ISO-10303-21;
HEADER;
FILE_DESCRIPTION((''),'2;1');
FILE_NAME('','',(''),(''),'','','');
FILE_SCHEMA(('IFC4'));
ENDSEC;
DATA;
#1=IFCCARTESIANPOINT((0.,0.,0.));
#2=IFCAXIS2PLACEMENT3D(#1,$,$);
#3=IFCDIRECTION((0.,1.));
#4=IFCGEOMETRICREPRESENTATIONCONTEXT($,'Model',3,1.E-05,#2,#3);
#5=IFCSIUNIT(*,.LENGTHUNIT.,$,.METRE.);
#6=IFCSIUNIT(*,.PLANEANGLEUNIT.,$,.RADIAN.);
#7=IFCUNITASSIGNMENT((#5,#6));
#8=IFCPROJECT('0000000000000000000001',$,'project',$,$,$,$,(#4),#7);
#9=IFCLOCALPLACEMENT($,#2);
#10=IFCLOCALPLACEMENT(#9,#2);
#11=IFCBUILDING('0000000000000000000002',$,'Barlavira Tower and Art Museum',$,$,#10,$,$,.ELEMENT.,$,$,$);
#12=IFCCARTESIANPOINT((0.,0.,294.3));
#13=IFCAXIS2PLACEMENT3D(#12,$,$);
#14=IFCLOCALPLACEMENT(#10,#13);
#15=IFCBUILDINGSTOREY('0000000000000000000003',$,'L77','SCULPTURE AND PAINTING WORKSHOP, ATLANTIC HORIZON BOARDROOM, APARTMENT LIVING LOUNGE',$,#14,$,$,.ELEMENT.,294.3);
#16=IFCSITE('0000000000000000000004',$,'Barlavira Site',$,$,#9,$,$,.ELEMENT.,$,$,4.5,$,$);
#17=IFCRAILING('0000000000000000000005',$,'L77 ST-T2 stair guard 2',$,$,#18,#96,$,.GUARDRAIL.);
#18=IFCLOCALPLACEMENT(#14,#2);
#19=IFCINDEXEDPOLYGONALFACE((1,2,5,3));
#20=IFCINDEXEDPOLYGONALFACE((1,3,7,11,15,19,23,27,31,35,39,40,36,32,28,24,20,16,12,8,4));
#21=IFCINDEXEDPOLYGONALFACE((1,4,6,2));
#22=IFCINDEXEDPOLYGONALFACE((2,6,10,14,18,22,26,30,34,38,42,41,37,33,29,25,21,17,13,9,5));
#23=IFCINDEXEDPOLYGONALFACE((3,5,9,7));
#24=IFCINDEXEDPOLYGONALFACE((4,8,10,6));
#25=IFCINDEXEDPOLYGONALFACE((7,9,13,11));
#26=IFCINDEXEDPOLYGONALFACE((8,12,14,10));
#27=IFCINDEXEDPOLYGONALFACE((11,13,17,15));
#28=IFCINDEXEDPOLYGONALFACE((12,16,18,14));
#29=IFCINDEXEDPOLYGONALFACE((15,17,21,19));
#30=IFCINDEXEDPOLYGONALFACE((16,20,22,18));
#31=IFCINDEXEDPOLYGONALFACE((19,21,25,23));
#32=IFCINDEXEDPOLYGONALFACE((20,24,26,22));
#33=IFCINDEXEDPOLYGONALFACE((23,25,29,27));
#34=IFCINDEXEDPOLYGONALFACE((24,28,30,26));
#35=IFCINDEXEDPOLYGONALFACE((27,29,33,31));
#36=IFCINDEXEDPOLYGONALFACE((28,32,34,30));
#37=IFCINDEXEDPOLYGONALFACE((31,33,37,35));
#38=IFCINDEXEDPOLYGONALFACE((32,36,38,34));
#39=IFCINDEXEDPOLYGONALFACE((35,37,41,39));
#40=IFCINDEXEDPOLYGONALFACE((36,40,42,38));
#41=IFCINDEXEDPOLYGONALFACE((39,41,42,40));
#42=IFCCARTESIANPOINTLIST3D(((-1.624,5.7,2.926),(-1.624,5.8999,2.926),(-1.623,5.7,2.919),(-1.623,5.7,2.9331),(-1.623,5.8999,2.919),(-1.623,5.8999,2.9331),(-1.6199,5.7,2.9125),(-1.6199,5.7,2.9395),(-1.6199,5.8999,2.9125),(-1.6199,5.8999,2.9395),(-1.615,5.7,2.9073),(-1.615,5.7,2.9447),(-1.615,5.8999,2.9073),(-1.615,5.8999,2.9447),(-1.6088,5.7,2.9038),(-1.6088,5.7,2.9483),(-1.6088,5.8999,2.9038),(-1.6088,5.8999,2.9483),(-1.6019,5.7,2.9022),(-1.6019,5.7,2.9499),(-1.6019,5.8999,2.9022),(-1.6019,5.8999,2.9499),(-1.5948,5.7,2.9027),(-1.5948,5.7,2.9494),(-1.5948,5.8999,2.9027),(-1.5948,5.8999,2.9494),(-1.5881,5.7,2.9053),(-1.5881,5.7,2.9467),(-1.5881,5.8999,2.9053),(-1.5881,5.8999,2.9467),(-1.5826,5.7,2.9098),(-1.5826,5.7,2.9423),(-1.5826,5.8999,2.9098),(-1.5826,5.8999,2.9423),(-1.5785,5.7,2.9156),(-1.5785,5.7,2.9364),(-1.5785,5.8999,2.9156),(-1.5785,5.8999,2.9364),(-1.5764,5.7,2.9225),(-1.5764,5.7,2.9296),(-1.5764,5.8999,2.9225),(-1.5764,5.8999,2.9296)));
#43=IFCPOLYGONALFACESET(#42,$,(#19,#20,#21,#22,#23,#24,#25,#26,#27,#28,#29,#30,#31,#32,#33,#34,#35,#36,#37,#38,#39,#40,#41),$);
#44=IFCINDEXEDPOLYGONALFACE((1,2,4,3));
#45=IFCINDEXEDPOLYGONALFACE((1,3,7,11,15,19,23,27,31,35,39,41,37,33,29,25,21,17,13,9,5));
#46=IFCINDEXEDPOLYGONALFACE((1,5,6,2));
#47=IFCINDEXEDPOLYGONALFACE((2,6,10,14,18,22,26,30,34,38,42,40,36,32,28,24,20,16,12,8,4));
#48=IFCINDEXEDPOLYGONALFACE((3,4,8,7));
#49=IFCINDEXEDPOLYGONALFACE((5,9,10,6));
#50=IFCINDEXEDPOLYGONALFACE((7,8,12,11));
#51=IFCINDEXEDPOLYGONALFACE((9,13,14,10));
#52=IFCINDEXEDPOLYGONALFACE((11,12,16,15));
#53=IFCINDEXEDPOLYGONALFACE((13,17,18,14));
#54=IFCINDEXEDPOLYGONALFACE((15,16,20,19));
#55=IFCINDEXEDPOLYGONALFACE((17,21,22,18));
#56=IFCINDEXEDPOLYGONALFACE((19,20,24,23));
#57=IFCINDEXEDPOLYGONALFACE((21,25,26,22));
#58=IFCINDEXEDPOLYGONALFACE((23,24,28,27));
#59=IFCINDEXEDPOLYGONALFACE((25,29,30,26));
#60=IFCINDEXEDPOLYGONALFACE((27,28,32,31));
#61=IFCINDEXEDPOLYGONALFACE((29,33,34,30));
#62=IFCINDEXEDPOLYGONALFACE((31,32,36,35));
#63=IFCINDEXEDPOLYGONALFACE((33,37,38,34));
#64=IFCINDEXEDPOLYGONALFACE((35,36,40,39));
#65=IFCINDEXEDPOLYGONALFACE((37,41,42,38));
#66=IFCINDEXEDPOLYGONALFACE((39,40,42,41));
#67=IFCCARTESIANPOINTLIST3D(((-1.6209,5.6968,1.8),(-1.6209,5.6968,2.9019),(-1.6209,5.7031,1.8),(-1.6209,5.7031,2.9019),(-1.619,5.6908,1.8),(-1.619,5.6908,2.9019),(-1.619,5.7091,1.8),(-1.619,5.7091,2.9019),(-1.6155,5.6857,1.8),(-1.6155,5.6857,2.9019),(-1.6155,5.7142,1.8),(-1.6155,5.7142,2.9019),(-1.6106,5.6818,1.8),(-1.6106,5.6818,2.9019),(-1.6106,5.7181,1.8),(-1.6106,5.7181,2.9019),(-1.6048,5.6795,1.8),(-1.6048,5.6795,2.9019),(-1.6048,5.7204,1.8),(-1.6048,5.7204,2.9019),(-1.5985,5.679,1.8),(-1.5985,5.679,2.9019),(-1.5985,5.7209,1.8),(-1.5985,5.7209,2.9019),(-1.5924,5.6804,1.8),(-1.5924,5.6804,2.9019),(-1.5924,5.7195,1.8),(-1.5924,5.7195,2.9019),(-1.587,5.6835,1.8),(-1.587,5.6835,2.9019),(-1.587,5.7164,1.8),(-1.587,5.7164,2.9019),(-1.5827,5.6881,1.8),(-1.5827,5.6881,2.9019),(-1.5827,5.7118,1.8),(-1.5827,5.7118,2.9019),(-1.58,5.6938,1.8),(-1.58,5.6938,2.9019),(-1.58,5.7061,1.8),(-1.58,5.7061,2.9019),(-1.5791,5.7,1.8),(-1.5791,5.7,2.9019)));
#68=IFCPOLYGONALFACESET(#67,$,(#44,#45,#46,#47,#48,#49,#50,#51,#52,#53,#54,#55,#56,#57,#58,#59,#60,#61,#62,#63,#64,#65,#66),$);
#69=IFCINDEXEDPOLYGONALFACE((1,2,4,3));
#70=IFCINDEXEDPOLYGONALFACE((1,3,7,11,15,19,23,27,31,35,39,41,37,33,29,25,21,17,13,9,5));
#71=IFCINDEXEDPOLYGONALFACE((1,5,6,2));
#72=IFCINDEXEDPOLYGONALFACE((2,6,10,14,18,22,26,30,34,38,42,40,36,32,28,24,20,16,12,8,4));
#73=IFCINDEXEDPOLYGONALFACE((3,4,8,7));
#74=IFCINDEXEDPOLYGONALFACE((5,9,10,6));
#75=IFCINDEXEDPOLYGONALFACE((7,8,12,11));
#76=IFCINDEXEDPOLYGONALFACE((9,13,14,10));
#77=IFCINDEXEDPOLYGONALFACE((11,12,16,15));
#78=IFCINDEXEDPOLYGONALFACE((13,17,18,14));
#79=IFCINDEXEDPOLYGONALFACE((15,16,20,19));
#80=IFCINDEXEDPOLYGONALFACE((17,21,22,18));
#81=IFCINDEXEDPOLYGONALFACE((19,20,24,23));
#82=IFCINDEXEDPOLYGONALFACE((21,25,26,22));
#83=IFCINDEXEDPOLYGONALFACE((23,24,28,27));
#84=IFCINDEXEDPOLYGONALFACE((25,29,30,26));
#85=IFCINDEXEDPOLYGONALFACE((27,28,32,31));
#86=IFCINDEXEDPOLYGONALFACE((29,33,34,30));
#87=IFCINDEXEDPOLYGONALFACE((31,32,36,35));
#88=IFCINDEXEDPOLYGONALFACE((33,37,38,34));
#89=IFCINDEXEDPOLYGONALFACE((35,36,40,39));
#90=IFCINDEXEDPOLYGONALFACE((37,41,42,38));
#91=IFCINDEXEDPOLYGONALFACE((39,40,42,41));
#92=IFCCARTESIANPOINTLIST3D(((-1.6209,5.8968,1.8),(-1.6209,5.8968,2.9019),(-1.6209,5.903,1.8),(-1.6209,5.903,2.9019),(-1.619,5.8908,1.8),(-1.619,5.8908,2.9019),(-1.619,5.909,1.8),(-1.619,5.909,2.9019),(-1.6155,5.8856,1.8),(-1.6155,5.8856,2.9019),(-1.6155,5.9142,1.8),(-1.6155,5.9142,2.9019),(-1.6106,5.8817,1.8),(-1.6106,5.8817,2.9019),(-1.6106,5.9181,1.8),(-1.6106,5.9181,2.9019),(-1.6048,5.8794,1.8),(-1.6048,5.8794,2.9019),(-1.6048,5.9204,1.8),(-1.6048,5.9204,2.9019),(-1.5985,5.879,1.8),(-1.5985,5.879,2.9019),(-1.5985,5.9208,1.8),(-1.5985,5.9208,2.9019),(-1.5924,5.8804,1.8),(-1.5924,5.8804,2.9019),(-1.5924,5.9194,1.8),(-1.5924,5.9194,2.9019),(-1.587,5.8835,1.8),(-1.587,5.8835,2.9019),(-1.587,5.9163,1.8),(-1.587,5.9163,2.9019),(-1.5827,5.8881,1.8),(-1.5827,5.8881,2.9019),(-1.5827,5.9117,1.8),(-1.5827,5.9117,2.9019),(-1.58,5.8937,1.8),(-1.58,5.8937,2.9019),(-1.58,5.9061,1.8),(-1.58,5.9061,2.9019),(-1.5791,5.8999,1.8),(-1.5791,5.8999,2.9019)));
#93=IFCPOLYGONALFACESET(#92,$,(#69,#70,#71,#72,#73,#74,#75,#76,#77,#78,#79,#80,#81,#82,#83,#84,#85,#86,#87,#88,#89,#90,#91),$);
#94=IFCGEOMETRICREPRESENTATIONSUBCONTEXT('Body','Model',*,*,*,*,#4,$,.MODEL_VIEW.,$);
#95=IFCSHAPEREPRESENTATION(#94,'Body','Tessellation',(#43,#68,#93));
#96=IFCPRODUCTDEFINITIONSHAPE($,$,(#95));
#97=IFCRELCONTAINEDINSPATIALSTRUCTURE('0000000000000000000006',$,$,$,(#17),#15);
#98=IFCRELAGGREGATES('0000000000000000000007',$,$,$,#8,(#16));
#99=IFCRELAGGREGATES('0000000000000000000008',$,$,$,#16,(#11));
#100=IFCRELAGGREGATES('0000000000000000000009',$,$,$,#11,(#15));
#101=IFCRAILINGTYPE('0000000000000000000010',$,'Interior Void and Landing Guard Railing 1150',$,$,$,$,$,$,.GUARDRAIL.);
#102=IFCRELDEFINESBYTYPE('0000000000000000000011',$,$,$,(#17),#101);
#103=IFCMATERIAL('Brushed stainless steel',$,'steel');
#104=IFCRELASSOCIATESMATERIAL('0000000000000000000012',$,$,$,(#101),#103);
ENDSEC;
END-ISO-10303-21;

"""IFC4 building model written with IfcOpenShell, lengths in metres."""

from ifc_helpers import new_model, si_unit, direction, frame, origin, origin_2d, place, context, subcontext, project, spatial, circle, extrude, material, type_object, element, save


model = new_model("IFC4")

# Units and contexts
model_context = context("Model", 3, precision=1e-05, world=origin(), true_north=direction((0.0, 1.0)))
body_context = subcontext(model_context, "Body", "Model", "MODEL_VIEW")
ifc_project = project(units=[si_unit("LENGTHUNIT", "METRE"), si_unit("PLANEANGLEUNIT", "RADIAN")], contexts=[model_context])

# Site, building, storey
site_placement = place(None, origin())
site = spatial("IfcSite", under=ifc_project, at=site_placement, Name="Barlavira Site", CompositionType="ELEMENT", RefElevation=4.5)
building_placement = place(site_placement, origin())
building = spatial("IfcBuilding", under=site, at=building_placement, Name="Barlavira Tower and Art Museum", CompositionType="ELEMENT")
storey_placement = place(building_placement, frame((0.0, 0.0, 294.3)))
storey = spatial("IfcBuildingStorey", under=building, at=storey_placement, Name="L77", Description="SCULPTURE AND PAINTING WORKSHOP, ATLANTIC HORIZON BOARDROOM, APARTMENT LIVING LOUNGE", CompositionType="ELEMENT", Elevation=294.3)

# Shared definitions
ifc_material_1 = material(Name="Brushed stainless steel", Category="steel")

# Railing
railing_type_1 = type_object("IfcRailingType", Name="Interior Void and Landing Guard Railing 1150", PredefinedType="GUARDRAIL", material=ifc_material_1)
railing_1_placement = place(storey_placement, frame((-1.6001, 5.7, 1.8)))
element("IfcRailing", 1, at=railing_1_placement, inside=storey, type_object=railing_type_1, Name="L77 ST-T2 stair guard 2", PredefinedType="GUARDRAIL", context=body_context, shape_type="SweptSolid", body=[
    extrude(circle(Radius=0.0239, at=origin_2d()), frame((0.0, 0.0, 1.126), z_axis=(0.0, 1.0, 0.0), x_axis=(-1.0, 0.0, 0.0)), (0.0, 0.0, 1.0), 0.2),
    extrude(circle(Radius=0.021, at=origin_2d()), origin(), (0.0, 0.0, 1.0), 1.1018),
    extrude(circle(Radius=0.021, at=origin_2d()), frame((0.0, 0.2, 0.0)), (0.0, 0.0, 1.0), 1.1018),
])

save(model, "model.ifc")
